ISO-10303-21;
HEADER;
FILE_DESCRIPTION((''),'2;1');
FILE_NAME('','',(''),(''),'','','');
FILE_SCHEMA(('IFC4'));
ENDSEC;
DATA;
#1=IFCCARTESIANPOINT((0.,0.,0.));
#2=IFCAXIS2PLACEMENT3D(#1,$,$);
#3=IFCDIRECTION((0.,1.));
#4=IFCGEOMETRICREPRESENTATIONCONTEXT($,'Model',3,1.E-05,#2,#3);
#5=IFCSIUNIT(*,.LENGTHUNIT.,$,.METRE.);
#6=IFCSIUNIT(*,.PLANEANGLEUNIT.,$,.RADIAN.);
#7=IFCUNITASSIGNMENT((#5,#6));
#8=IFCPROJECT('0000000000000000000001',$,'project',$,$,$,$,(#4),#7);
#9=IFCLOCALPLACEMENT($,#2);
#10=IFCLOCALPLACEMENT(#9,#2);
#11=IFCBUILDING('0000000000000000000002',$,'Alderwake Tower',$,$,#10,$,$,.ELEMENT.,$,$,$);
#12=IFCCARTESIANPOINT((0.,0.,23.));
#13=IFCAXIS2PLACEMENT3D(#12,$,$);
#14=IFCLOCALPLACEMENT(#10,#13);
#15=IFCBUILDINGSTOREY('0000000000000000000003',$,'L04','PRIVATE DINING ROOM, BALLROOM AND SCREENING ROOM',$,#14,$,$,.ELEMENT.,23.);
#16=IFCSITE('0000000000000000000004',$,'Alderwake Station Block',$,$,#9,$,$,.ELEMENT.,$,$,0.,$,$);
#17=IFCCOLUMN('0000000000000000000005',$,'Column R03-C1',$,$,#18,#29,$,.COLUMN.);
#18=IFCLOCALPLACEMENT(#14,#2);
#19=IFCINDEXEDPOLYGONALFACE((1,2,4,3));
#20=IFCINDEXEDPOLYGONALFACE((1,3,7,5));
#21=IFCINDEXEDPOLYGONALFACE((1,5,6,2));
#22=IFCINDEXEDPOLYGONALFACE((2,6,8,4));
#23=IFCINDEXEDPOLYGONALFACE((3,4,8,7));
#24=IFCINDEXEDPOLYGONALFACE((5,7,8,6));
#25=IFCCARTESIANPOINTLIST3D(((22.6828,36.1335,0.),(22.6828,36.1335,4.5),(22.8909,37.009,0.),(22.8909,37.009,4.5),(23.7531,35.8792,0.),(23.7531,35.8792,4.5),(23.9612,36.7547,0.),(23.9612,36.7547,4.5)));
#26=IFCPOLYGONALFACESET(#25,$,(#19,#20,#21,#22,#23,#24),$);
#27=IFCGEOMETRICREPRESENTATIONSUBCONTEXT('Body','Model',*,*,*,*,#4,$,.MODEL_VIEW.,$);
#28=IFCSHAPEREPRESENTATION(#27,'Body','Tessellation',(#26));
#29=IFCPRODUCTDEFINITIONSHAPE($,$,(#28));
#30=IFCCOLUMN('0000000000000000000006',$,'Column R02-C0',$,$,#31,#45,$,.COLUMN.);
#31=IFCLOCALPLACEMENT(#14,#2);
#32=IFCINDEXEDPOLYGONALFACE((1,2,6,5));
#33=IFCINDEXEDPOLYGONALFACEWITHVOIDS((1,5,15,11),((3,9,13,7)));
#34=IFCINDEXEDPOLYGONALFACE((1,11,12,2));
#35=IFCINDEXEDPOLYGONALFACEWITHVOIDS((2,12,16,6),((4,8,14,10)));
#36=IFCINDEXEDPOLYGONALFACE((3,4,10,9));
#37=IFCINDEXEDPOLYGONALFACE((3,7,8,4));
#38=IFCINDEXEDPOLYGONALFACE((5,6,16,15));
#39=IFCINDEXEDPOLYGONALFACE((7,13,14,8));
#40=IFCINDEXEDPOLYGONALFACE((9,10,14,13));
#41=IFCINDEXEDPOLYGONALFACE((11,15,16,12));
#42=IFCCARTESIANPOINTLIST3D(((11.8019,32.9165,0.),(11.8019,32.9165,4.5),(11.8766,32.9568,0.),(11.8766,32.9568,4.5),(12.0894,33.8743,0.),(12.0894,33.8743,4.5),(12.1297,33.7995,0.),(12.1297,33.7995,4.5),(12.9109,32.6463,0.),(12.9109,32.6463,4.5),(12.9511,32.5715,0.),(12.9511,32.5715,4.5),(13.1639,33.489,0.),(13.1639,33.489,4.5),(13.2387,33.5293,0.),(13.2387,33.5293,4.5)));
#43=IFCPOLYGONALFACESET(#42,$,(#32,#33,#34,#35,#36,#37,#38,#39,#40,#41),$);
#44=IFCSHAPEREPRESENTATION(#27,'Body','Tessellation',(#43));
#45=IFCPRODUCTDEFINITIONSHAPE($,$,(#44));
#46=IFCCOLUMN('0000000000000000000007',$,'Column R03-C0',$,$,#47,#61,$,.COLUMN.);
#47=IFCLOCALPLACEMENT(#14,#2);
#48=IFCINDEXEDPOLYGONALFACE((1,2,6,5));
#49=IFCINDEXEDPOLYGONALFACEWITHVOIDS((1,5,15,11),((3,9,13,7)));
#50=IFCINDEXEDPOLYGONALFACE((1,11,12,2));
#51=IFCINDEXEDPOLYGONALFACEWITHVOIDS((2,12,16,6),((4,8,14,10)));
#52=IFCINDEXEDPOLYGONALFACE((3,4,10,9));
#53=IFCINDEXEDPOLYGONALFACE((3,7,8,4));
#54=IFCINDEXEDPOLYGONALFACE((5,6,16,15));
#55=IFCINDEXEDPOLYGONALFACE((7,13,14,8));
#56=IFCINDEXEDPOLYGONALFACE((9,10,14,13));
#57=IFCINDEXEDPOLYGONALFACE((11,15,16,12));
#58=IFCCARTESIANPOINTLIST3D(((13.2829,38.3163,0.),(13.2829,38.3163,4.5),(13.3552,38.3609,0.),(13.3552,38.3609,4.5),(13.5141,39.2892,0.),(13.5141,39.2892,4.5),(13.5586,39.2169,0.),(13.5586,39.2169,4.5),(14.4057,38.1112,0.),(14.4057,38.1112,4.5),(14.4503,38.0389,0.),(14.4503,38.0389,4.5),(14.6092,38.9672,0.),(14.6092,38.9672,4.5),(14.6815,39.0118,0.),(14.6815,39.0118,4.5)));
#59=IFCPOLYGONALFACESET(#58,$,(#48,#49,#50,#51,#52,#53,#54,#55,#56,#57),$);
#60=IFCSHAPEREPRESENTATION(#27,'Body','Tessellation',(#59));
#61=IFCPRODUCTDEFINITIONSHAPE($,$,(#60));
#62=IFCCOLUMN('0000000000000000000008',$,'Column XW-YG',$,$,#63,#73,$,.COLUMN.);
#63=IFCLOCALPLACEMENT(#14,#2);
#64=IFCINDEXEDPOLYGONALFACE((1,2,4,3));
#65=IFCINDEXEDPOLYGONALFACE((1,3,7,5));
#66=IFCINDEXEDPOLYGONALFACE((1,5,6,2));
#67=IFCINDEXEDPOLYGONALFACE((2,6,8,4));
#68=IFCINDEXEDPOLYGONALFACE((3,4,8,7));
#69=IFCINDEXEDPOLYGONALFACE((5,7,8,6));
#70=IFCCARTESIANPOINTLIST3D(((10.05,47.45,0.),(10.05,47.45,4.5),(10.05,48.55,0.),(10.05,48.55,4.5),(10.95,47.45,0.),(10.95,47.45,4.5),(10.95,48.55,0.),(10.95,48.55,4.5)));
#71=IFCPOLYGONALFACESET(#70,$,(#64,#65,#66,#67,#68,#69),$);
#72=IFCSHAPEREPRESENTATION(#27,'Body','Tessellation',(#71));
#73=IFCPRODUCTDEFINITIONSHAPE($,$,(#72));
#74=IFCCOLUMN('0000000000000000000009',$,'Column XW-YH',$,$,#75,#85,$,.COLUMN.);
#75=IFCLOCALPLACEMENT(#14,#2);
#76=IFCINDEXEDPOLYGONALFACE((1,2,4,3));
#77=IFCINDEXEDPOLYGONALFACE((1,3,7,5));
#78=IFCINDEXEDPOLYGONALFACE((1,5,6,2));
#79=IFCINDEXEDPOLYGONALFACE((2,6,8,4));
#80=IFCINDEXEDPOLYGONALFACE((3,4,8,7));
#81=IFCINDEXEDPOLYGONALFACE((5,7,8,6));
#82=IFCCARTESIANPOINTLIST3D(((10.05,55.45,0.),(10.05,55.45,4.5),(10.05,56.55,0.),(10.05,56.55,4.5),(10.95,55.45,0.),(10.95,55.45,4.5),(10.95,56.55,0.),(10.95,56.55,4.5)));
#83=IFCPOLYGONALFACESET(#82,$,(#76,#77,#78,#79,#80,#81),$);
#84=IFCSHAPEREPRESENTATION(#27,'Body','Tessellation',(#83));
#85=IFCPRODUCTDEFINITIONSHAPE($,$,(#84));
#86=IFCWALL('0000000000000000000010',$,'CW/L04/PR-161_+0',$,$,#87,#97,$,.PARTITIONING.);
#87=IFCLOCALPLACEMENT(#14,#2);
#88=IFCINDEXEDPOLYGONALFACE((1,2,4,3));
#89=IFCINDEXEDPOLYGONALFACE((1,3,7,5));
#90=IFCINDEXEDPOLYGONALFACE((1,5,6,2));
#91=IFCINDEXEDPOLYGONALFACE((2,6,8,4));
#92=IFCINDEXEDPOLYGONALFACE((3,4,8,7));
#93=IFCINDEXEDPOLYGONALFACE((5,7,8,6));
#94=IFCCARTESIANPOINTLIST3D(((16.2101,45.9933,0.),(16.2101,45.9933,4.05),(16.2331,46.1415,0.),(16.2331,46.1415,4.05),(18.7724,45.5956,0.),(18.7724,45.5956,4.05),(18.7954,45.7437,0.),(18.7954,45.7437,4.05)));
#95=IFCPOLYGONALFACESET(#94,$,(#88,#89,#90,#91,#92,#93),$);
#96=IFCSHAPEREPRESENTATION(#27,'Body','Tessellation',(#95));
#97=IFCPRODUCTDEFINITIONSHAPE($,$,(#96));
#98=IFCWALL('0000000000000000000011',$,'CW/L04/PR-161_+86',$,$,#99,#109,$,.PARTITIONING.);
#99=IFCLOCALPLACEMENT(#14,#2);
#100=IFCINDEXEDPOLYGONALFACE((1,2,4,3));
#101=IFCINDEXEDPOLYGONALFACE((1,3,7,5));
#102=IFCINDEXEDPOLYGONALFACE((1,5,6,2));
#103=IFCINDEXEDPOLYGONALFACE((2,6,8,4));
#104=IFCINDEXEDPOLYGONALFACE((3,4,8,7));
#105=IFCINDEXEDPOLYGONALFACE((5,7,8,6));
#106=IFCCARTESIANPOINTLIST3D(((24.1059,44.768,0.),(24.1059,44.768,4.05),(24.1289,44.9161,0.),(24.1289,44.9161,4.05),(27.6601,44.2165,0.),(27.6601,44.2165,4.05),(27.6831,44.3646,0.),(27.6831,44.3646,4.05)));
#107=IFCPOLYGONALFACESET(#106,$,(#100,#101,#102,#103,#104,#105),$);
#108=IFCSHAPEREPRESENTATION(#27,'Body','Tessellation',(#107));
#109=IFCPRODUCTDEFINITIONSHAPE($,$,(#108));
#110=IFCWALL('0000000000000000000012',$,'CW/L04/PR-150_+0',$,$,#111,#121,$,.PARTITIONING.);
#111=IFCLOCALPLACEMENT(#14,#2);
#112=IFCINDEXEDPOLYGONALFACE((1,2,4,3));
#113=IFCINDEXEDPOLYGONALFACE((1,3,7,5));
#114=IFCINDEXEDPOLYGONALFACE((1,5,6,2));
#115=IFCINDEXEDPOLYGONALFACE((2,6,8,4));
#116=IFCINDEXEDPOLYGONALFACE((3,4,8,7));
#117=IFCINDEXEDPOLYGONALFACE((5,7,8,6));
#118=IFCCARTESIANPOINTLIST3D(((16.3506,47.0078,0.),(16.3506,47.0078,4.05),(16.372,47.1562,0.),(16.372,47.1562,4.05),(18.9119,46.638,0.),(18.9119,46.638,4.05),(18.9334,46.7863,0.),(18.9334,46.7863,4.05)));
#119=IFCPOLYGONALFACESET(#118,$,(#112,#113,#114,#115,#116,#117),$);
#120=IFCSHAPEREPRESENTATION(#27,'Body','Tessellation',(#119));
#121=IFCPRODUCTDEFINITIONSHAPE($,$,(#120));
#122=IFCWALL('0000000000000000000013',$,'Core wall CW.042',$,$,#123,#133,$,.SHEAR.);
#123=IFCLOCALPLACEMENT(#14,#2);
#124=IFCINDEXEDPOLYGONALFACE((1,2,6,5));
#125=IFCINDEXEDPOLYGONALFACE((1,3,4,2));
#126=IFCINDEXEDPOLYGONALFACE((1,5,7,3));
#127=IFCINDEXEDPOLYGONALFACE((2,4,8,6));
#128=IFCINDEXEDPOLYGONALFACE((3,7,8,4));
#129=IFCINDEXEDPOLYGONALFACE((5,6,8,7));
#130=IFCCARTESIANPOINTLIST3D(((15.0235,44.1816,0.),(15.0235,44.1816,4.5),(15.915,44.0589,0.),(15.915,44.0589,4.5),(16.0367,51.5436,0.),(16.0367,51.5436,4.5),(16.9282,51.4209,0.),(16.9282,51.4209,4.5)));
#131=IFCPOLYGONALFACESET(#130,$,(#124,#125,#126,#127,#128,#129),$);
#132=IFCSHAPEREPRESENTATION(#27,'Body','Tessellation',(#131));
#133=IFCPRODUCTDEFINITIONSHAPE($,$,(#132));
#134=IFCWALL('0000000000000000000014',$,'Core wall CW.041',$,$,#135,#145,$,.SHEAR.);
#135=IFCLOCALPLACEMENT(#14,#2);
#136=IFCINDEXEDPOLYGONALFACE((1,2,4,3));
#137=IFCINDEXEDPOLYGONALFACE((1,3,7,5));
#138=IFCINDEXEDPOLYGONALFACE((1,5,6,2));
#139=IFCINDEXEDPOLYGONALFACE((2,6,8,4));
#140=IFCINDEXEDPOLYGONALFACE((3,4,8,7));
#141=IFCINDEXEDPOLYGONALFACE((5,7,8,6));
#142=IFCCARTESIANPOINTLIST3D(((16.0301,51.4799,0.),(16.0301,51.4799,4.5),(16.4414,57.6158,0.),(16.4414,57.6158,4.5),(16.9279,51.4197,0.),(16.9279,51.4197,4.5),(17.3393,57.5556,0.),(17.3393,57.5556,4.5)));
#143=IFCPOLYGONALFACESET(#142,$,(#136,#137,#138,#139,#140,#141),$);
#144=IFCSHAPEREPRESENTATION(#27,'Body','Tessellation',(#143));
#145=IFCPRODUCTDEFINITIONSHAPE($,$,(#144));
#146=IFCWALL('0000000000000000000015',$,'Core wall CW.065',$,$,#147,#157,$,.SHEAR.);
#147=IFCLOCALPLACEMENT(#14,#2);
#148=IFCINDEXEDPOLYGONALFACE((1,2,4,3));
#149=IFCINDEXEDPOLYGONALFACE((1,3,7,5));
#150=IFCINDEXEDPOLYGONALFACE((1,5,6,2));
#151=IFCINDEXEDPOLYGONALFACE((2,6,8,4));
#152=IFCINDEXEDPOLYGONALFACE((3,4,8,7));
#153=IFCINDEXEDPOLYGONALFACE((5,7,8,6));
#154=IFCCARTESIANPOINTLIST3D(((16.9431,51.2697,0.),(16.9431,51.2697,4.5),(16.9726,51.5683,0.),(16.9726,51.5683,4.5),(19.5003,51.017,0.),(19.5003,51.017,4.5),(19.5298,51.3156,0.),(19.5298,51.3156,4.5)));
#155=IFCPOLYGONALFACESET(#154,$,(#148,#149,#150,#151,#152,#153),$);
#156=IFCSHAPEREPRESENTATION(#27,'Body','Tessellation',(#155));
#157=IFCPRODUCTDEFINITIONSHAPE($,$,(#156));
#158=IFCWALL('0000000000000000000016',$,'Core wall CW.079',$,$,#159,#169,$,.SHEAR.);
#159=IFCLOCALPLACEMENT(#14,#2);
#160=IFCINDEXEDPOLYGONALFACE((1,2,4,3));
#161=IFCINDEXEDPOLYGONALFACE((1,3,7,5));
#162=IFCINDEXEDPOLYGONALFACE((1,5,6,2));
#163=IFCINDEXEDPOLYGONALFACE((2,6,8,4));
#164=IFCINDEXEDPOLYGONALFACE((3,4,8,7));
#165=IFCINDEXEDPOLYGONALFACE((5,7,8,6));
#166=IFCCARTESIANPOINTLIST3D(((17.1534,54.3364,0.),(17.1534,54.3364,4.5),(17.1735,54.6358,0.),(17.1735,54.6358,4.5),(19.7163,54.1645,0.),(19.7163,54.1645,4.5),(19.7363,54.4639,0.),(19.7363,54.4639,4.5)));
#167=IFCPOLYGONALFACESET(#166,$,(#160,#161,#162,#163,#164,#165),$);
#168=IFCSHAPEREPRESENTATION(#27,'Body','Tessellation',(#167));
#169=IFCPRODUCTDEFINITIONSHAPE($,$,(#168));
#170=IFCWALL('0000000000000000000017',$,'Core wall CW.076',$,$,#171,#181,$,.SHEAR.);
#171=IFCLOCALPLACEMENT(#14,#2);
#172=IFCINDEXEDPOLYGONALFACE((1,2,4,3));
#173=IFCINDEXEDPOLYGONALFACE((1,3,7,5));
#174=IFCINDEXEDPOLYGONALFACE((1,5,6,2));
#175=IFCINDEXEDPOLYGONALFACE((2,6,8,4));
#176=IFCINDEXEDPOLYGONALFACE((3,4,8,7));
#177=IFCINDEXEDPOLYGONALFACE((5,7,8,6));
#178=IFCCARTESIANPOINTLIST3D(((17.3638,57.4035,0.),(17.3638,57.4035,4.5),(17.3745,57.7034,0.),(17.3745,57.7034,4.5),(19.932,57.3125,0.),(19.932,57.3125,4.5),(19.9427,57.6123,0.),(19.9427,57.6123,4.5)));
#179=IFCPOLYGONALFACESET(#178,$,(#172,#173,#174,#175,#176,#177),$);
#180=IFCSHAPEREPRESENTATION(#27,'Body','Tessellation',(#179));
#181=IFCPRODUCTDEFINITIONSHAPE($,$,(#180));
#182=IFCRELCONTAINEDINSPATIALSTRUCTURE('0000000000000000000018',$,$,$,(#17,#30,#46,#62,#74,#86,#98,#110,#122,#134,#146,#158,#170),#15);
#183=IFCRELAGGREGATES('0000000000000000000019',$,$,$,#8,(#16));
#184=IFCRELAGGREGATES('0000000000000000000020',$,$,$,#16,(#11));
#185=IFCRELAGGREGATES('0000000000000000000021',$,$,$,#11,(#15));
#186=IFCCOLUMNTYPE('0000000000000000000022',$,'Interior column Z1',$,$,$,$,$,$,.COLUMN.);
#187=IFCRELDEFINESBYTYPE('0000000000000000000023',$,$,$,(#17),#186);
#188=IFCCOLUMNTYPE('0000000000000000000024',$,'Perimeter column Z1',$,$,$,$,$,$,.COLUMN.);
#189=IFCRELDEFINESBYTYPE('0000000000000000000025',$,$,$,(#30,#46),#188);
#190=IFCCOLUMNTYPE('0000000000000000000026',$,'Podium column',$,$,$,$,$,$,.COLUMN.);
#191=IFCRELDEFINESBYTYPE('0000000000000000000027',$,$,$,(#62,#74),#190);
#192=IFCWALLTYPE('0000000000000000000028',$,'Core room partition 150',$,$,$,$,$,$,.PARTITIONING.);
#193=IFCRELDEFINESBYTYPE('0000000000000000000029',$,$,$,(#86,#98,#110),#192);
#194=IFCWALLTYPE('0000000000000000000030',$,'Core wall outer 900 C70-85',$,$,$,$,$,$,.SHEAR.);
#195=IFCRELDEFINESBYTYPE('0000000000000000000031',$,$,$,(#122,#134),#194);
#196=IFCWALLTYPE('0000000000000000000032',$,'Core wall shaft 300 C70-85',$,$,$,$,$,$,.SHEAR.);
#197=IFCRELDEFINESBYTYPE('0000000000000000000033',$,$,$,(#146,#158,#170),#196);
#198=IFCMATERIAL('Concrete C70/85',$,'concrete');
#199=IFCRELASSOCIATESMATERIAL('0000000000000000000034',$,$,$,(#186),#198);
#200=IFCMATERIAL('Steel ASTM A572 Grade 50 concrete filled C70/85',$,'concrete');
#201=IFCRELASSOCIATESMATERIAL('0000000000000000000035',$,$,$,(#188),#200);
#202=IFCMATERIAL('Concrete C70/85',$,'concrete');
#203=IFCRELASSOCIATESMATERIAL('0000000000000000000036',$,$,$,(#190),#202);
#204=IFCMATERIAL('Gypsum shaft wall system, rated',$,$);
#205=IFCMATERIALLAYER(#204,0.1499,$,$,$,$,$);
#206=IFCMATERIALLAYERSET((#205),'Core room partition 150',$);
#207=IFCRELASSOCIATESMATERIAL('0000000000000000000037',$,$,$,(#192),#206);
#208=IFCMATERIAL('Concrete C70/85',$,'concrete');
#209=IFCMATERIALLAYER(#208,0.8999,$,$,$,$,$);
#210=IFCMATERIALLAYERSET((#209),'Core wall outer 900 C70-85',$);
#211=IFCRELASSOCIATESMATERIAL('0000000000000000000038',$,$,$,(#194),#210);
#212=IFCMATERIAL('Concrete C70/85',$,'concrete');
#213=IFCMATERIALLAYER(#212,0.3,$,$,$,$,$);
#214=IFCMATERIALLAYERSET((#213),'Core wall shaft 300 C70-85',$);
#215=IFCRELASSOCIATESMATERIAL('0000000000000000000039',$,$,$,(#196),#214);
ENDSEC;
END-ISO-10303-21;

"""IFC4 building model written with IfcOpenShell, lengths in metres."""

from ifc_helpers import new_model, si_unit, direction, frame, frame_2d, origin, origin_2d, place, context, subcontext, project, spatial, rectangle, hollow_rectangle, extrude, material, layer, layer_set, material_profile, profile_set, type_object, element, save


model = new_model("IFC4")

# Units and contexts
model_context = context("Model", 3, precision=1e-05, world=origin(), true_north=direction((0.0, 1.0)))
body_context = subcontext(model_context, "Body", "Model", "MODEL_VIEW")
ifc_project = project(units=[si_unit("LENGTHUNIT", "METRE"), si_unit("PLANEANGLEUNIT", "RADIAN")], contexts=[model_context])

# Site, building, storey
site_placement = place(None, origin())
site = spatial("IfcSite", under=ifc_project, at=site_placement, Name="Alderwake Station Block", CompositionType="ELEMENT", RefElevation=0.0)
building_placement = place(site_placement, origin())
building = spatial("IfcBuilding", under=site, at=building_placement, Name="Alderwake Tower", CompositionType="ELEMENT")
storey_placement = place(building_placement, frame((0.0, 0.0, 23.0)))
storey = spatial("IfcBuildingStorey", under=building, at=storey_placement, Name="L04", Description="PRIVATE DINING ROOM, BALLROOM AND SCREENING ROOM", CompositionType="ELEMENT", Elevation=23.0)

# Columns
ifc_material_1 = material(Name="Concrete C70/85", Category="concrete")
ifc_material_profile_1 = material_profile(ifc_material_1, rectangle(XDim=0.8999, YDim=1.1001, at=origin_2d()), Name="RC 1100X900")
ifc_profile_set_1 = profile_set([ifc_material_profile_1], Name="Concrete C70/85")
column_type_1 = type_object("IfcColumnType", Name="Interior column Z1", PredefinedType="COLUMN", material=ifc_profile_set_1)
column_placement = place(storey_placement, frame((23.322, 36.4441, 0.0), z_axis=(0.0, 0.0, 1.0), x_axis=(0.231222, 0.972901, 0.0)))
element("IfcColumn", 1, at=column_placement, inside=storey, type_object=column_type_1, Name="Column R03-C1", PredefinedType="COLUMN", context=body_context, shape_type="SweptSolid", body=[
    extrude(rectangle(XDim=0.8999, YDim=1.1001, at=origin_2d()), origin(), (0.0, 0.0, 1.0), 4.5),
])
ifc_material_2 = material(Name="Steel ASTM A572 Grade 50 concrete filled C70/85", Category="concrete")
ifc_material_profile_2 = material_profile(ifc_material_2, hollow_rectangle(XDim=1.0, YDim=1.2, WallThickness=0.0601, at=origin_2d()), Name="BOX 1200X1000X60")
ifc_profile_set_2 = profile_set([ifc_material_profile_2], Name="Steel ASTM A572 Grade 50 concrete filled C70/85")
column_type_2 = type_object("IfcColumnType", Name="Perimeter column Z1", PredefinedType="COLUMN", material=ifc_profile_set_2)
for number, where, z_axis, x_axis, name in (
    (2, (12.5203, 33.2229, 0.0), (0.0, 0.0, 1.0), (0.287549, 0.957766, 0.0), "Column R02-C0"),
    (3, (13.9822, 38.6641, 0.0), (0.0, 0.0, 1.0), (0.231222, 0.972901, 0.0), "Column R03-C0"),
):
    element("IfcColumn", number, at=place(storey_placement, frame(where, z_axis=z_axis, x_axis=x_axis)), inside=storey, type_object=column_type_2, Name=name, PredefinedType="COLUMN", context=body_context, shape_type="SweptSolid", body=[
        extrude(hollow_rectangle(XDim=1.0, YDim=1.2, WallThickness=0.0601, at=origin_2d()), origin(), (0.0, 0.0, 1.0), 4.5),
    ])
ifc_material_3 = material(Name="Concrete C70/85", Category="concrete")
ifc_material_profile_3 = material_profile(ifc_material_3, rectangle(XDim=0.8999, YDim=1.1001, at=origin_2d()), Name="RC 1100X900")
ifc_profile_set_3 = profile_set([ifc_material_profile_3], Name="Concrete C70/85")
column_type_3 = type_object("IfcColumnType", Name="Podium column", PredefinedType="COLUMN", material=ifc_profile_set_3)
for number, where, z_axis, x_axis, name in (
    (4, (10.5, 48.0, 0.0), (0.0, 0.0, 1.0), (1.0, 0.0, 0.0), "Column XW-YG"),
    (5, (10.5, 56.0, 0.0), (0.0, 0.0, 1.0), (1.0, 0.0, 0.0), "Column XW-YH"),
):
    element("IfcColumn", number, at=place(storey_placement, frame(where, z_axis=z_axis, x_axis=x_axis)), inside=storey, type_object=column_type_3, Name=name, PredefinedType="COLUMN", context=body_context, shape_type="SweptSolid", body=[
        extrude(rectangle(XDim=0.8999, YDim=1.1001, at=origin_2d()), origin(), (0.0, 0.0, 1.0), 4.5),
    ])

# Walls
ifc_material_4 = material(Name="Gypsum shaft wall system, rated")
ifc_layer_1 = layer(ifc_material_4, 0.1499)
ifc_layer_set_1 = layer_set([ifc_layer_1], Name="Core room partition 150")
wall_type_1 = type_object("IfcWallType", Name="Core room partition 150", PredefinedType="PARTITIONING", material=ifc_layer_set_1)
wall_1_placement = place(storey_placement, frame((16.2217, 46.0674, 0.0), z_axis=(0.0, 0.0, 1.0), x_axis=(0.988167, -0.15338, 0.0)))
element("IfcWall", 6, at=wall_1_placement, inside=storey, type_object=wall_type_1, Name="CW/L04/PR-161_+0", PredefinedType="PARTITIONING", context=body_context, shape_type="SweptSolid", body=[
    extrude(rectangle(XDim=2.593, YDim=0.1499, at=frame_2d((1.2964, 0.0))), origin(), (0.0, 0.0, 1.0), 4.05),
])
wall_2_placement = place(storey_placement, frame((24.1174, 44.842, 0.0), z_axis=(0.0, 0.0, 1.0), x_axis=(0.988174, -0.153337, 0.0)))
element("IfcWall", 7, at=wall_2_placement, inside=storey, type_object=wall_type_1, Name="CW/L04/PR-161_+86", PredefinedType="PARTITIONING", context=body_context, shape_type="SweptSolid", body=[
    extrude(rectangle(XDim=3.5967, YDim=0.1499, at=frame_2d((1.7983, 0.0))), origin(), (0.0, 0.0, 1.0), 4.05),
])
wall_3_placement = place(storey_placement, frame((16.3613, 47.082, 0.0), z_axis=(0.0, 0.0, 1.0), x_axis=(0.989733, -0.142927, 0.0)))
element("IfcWall", 8, at=wall_3_placement, inside=storey, type_object=wall_type_1, Name="CW/L04/PR-150_+0", PredefinedType="PARTITIONING", context=body_context, shape_type="SweptSolid", body=[
    extrude(rectangle(XDim=2.5879, YDim=0.1499, at=frame_2d((1.2939, 0.0))), origin(), (0.0, 0.0, 1.0), 4.05),
])
ifc_material_5 = material(Name="Concrete C70/85", Category="concrete")
ifc_layer_2 = layer(ifc_material_5, 0.8999)
ifc_layer_set_2 = layer_set([ifc_layer_2], Name="Core wall outer 900 C70-85")
wall_type_2 = type_object("IfcWallType", Name="Core wall outer 900 C70-85", PredefinedType="SHEAR", material=ifc_layer_set_2)
wall_4_placement = place(storey_placement, frame((15.4692, 44.1201, 0.0), z_axis=(0.0, 0.0, 1.0), x_axis=(0.136337, 0.990662, 0.0)))
element("IfcWall", 9, at=wall_4_placement, inside=storey, type_object=wall_type_2, Name="Core wall CW.042", PredefinedType="SHEAR", context=body_context, shape_type="SweptSolid", body=[
    extrude(rectangle(XDim=7.4314, YDim=0.8999, at=frame_2d((3.7158, 0.0))), origin(), (0.0, 0.0, 1.0), 4.5),
])
wall_5_placement = place(storey_placement, frame((16.479, 51.45, 0.0), z_axis=(0.0, 0.0, 1.0), x_axis=(0.066893, 0.99776, 0.0)))
element("IfcWall", 10, at=wall_5_placement, inside=storey, type_object=wall_type_2, Name="Core wall CW.041", PredefinedType="SHEAR", context=body_context, shape_type="SweptSolid", body=[
    extrude(rectangle(XDim=6.1497, YDim=0.8999, at=frame_2d((3.0747, 0.0))), origin(), (0.0, 0.0, 1.0), 4.5),
])
ifc_material_6 = material(Name="Concrete C70/85", Category="concrete")
ifc_layer_3 = layer(ifc_material_6, 0.3)
ifc_layer_set_3 = layer_set([ifc_layer_3], Name="Core wall shaft 300 C70-85")
wall_type_3 = type_object("IfcWallType", Name="Core wall shaft 300 C70-85", PredefinedType="SHEAR", material=ifc_layer_set_3)
wall_6_placement = place(storey_placement, frame((16.958, 51.4189, 0.0), z_axis=(0.0, 0.0, 1.0), x_axis=(0.995153, -0.098337, 0.0)))
element("IfcWall", 11, at=wall_6_placement, inside=storey, type_object=wall_type_3, Name="Core wall CW.065", PredefinedType="SHEAR", context=body_context, shape_type="SweptSolid", body=[
    extrude(rectangle(XDim=2.5696, YDim=0.3, at=frame_2d((1.2847, 0.0))), origin(), (0.0, 0.0, 1.0), 4.5),
])
wall_7_placement = place(storey_placement, frame((17.1636, 54.4861, 0.0), z_axis=(0.0, 0.0, 1.0), x_axis=(0.997759, -0.066916, 0.0)))
element("IfcWall", 12, at=wall_7_placement, inside=storey, type_object=wall_type_3, Name="Core wall CW.079", PredefinedType="SHEAR", context=body_context, shape_type="SweptSolid", body=[
    extrude(rectangle(XDim=2.5686, YDim=0.3, at=frame_2d((1.2842, 0.0))), origin(), (0.0, 0.0, 1.0), 4.5),
])
wall_8_placement = place(storey_placement, frame((17.3691, 57.5535, 0.0), z_axis=(0.0, 0.0, 1.0), x_axis=(0.999372, -0.035437, 0.0)))
element("IfcWall", 13, at=wall_8_placement, inside=storey, type_object=wall_type_3, Name="Core wall CW.076", PredefinedType="SHEAR", context=body_context, shape_type="SweptSolid", body=[
    extrude(rectangle(XDim=2.5698, YDim=0.3, at=frame_2d((1.2849, 0.0))), origin(), (0.0, 0.0, 1.0), 4.5),
])

save(model, "model.ifc")
